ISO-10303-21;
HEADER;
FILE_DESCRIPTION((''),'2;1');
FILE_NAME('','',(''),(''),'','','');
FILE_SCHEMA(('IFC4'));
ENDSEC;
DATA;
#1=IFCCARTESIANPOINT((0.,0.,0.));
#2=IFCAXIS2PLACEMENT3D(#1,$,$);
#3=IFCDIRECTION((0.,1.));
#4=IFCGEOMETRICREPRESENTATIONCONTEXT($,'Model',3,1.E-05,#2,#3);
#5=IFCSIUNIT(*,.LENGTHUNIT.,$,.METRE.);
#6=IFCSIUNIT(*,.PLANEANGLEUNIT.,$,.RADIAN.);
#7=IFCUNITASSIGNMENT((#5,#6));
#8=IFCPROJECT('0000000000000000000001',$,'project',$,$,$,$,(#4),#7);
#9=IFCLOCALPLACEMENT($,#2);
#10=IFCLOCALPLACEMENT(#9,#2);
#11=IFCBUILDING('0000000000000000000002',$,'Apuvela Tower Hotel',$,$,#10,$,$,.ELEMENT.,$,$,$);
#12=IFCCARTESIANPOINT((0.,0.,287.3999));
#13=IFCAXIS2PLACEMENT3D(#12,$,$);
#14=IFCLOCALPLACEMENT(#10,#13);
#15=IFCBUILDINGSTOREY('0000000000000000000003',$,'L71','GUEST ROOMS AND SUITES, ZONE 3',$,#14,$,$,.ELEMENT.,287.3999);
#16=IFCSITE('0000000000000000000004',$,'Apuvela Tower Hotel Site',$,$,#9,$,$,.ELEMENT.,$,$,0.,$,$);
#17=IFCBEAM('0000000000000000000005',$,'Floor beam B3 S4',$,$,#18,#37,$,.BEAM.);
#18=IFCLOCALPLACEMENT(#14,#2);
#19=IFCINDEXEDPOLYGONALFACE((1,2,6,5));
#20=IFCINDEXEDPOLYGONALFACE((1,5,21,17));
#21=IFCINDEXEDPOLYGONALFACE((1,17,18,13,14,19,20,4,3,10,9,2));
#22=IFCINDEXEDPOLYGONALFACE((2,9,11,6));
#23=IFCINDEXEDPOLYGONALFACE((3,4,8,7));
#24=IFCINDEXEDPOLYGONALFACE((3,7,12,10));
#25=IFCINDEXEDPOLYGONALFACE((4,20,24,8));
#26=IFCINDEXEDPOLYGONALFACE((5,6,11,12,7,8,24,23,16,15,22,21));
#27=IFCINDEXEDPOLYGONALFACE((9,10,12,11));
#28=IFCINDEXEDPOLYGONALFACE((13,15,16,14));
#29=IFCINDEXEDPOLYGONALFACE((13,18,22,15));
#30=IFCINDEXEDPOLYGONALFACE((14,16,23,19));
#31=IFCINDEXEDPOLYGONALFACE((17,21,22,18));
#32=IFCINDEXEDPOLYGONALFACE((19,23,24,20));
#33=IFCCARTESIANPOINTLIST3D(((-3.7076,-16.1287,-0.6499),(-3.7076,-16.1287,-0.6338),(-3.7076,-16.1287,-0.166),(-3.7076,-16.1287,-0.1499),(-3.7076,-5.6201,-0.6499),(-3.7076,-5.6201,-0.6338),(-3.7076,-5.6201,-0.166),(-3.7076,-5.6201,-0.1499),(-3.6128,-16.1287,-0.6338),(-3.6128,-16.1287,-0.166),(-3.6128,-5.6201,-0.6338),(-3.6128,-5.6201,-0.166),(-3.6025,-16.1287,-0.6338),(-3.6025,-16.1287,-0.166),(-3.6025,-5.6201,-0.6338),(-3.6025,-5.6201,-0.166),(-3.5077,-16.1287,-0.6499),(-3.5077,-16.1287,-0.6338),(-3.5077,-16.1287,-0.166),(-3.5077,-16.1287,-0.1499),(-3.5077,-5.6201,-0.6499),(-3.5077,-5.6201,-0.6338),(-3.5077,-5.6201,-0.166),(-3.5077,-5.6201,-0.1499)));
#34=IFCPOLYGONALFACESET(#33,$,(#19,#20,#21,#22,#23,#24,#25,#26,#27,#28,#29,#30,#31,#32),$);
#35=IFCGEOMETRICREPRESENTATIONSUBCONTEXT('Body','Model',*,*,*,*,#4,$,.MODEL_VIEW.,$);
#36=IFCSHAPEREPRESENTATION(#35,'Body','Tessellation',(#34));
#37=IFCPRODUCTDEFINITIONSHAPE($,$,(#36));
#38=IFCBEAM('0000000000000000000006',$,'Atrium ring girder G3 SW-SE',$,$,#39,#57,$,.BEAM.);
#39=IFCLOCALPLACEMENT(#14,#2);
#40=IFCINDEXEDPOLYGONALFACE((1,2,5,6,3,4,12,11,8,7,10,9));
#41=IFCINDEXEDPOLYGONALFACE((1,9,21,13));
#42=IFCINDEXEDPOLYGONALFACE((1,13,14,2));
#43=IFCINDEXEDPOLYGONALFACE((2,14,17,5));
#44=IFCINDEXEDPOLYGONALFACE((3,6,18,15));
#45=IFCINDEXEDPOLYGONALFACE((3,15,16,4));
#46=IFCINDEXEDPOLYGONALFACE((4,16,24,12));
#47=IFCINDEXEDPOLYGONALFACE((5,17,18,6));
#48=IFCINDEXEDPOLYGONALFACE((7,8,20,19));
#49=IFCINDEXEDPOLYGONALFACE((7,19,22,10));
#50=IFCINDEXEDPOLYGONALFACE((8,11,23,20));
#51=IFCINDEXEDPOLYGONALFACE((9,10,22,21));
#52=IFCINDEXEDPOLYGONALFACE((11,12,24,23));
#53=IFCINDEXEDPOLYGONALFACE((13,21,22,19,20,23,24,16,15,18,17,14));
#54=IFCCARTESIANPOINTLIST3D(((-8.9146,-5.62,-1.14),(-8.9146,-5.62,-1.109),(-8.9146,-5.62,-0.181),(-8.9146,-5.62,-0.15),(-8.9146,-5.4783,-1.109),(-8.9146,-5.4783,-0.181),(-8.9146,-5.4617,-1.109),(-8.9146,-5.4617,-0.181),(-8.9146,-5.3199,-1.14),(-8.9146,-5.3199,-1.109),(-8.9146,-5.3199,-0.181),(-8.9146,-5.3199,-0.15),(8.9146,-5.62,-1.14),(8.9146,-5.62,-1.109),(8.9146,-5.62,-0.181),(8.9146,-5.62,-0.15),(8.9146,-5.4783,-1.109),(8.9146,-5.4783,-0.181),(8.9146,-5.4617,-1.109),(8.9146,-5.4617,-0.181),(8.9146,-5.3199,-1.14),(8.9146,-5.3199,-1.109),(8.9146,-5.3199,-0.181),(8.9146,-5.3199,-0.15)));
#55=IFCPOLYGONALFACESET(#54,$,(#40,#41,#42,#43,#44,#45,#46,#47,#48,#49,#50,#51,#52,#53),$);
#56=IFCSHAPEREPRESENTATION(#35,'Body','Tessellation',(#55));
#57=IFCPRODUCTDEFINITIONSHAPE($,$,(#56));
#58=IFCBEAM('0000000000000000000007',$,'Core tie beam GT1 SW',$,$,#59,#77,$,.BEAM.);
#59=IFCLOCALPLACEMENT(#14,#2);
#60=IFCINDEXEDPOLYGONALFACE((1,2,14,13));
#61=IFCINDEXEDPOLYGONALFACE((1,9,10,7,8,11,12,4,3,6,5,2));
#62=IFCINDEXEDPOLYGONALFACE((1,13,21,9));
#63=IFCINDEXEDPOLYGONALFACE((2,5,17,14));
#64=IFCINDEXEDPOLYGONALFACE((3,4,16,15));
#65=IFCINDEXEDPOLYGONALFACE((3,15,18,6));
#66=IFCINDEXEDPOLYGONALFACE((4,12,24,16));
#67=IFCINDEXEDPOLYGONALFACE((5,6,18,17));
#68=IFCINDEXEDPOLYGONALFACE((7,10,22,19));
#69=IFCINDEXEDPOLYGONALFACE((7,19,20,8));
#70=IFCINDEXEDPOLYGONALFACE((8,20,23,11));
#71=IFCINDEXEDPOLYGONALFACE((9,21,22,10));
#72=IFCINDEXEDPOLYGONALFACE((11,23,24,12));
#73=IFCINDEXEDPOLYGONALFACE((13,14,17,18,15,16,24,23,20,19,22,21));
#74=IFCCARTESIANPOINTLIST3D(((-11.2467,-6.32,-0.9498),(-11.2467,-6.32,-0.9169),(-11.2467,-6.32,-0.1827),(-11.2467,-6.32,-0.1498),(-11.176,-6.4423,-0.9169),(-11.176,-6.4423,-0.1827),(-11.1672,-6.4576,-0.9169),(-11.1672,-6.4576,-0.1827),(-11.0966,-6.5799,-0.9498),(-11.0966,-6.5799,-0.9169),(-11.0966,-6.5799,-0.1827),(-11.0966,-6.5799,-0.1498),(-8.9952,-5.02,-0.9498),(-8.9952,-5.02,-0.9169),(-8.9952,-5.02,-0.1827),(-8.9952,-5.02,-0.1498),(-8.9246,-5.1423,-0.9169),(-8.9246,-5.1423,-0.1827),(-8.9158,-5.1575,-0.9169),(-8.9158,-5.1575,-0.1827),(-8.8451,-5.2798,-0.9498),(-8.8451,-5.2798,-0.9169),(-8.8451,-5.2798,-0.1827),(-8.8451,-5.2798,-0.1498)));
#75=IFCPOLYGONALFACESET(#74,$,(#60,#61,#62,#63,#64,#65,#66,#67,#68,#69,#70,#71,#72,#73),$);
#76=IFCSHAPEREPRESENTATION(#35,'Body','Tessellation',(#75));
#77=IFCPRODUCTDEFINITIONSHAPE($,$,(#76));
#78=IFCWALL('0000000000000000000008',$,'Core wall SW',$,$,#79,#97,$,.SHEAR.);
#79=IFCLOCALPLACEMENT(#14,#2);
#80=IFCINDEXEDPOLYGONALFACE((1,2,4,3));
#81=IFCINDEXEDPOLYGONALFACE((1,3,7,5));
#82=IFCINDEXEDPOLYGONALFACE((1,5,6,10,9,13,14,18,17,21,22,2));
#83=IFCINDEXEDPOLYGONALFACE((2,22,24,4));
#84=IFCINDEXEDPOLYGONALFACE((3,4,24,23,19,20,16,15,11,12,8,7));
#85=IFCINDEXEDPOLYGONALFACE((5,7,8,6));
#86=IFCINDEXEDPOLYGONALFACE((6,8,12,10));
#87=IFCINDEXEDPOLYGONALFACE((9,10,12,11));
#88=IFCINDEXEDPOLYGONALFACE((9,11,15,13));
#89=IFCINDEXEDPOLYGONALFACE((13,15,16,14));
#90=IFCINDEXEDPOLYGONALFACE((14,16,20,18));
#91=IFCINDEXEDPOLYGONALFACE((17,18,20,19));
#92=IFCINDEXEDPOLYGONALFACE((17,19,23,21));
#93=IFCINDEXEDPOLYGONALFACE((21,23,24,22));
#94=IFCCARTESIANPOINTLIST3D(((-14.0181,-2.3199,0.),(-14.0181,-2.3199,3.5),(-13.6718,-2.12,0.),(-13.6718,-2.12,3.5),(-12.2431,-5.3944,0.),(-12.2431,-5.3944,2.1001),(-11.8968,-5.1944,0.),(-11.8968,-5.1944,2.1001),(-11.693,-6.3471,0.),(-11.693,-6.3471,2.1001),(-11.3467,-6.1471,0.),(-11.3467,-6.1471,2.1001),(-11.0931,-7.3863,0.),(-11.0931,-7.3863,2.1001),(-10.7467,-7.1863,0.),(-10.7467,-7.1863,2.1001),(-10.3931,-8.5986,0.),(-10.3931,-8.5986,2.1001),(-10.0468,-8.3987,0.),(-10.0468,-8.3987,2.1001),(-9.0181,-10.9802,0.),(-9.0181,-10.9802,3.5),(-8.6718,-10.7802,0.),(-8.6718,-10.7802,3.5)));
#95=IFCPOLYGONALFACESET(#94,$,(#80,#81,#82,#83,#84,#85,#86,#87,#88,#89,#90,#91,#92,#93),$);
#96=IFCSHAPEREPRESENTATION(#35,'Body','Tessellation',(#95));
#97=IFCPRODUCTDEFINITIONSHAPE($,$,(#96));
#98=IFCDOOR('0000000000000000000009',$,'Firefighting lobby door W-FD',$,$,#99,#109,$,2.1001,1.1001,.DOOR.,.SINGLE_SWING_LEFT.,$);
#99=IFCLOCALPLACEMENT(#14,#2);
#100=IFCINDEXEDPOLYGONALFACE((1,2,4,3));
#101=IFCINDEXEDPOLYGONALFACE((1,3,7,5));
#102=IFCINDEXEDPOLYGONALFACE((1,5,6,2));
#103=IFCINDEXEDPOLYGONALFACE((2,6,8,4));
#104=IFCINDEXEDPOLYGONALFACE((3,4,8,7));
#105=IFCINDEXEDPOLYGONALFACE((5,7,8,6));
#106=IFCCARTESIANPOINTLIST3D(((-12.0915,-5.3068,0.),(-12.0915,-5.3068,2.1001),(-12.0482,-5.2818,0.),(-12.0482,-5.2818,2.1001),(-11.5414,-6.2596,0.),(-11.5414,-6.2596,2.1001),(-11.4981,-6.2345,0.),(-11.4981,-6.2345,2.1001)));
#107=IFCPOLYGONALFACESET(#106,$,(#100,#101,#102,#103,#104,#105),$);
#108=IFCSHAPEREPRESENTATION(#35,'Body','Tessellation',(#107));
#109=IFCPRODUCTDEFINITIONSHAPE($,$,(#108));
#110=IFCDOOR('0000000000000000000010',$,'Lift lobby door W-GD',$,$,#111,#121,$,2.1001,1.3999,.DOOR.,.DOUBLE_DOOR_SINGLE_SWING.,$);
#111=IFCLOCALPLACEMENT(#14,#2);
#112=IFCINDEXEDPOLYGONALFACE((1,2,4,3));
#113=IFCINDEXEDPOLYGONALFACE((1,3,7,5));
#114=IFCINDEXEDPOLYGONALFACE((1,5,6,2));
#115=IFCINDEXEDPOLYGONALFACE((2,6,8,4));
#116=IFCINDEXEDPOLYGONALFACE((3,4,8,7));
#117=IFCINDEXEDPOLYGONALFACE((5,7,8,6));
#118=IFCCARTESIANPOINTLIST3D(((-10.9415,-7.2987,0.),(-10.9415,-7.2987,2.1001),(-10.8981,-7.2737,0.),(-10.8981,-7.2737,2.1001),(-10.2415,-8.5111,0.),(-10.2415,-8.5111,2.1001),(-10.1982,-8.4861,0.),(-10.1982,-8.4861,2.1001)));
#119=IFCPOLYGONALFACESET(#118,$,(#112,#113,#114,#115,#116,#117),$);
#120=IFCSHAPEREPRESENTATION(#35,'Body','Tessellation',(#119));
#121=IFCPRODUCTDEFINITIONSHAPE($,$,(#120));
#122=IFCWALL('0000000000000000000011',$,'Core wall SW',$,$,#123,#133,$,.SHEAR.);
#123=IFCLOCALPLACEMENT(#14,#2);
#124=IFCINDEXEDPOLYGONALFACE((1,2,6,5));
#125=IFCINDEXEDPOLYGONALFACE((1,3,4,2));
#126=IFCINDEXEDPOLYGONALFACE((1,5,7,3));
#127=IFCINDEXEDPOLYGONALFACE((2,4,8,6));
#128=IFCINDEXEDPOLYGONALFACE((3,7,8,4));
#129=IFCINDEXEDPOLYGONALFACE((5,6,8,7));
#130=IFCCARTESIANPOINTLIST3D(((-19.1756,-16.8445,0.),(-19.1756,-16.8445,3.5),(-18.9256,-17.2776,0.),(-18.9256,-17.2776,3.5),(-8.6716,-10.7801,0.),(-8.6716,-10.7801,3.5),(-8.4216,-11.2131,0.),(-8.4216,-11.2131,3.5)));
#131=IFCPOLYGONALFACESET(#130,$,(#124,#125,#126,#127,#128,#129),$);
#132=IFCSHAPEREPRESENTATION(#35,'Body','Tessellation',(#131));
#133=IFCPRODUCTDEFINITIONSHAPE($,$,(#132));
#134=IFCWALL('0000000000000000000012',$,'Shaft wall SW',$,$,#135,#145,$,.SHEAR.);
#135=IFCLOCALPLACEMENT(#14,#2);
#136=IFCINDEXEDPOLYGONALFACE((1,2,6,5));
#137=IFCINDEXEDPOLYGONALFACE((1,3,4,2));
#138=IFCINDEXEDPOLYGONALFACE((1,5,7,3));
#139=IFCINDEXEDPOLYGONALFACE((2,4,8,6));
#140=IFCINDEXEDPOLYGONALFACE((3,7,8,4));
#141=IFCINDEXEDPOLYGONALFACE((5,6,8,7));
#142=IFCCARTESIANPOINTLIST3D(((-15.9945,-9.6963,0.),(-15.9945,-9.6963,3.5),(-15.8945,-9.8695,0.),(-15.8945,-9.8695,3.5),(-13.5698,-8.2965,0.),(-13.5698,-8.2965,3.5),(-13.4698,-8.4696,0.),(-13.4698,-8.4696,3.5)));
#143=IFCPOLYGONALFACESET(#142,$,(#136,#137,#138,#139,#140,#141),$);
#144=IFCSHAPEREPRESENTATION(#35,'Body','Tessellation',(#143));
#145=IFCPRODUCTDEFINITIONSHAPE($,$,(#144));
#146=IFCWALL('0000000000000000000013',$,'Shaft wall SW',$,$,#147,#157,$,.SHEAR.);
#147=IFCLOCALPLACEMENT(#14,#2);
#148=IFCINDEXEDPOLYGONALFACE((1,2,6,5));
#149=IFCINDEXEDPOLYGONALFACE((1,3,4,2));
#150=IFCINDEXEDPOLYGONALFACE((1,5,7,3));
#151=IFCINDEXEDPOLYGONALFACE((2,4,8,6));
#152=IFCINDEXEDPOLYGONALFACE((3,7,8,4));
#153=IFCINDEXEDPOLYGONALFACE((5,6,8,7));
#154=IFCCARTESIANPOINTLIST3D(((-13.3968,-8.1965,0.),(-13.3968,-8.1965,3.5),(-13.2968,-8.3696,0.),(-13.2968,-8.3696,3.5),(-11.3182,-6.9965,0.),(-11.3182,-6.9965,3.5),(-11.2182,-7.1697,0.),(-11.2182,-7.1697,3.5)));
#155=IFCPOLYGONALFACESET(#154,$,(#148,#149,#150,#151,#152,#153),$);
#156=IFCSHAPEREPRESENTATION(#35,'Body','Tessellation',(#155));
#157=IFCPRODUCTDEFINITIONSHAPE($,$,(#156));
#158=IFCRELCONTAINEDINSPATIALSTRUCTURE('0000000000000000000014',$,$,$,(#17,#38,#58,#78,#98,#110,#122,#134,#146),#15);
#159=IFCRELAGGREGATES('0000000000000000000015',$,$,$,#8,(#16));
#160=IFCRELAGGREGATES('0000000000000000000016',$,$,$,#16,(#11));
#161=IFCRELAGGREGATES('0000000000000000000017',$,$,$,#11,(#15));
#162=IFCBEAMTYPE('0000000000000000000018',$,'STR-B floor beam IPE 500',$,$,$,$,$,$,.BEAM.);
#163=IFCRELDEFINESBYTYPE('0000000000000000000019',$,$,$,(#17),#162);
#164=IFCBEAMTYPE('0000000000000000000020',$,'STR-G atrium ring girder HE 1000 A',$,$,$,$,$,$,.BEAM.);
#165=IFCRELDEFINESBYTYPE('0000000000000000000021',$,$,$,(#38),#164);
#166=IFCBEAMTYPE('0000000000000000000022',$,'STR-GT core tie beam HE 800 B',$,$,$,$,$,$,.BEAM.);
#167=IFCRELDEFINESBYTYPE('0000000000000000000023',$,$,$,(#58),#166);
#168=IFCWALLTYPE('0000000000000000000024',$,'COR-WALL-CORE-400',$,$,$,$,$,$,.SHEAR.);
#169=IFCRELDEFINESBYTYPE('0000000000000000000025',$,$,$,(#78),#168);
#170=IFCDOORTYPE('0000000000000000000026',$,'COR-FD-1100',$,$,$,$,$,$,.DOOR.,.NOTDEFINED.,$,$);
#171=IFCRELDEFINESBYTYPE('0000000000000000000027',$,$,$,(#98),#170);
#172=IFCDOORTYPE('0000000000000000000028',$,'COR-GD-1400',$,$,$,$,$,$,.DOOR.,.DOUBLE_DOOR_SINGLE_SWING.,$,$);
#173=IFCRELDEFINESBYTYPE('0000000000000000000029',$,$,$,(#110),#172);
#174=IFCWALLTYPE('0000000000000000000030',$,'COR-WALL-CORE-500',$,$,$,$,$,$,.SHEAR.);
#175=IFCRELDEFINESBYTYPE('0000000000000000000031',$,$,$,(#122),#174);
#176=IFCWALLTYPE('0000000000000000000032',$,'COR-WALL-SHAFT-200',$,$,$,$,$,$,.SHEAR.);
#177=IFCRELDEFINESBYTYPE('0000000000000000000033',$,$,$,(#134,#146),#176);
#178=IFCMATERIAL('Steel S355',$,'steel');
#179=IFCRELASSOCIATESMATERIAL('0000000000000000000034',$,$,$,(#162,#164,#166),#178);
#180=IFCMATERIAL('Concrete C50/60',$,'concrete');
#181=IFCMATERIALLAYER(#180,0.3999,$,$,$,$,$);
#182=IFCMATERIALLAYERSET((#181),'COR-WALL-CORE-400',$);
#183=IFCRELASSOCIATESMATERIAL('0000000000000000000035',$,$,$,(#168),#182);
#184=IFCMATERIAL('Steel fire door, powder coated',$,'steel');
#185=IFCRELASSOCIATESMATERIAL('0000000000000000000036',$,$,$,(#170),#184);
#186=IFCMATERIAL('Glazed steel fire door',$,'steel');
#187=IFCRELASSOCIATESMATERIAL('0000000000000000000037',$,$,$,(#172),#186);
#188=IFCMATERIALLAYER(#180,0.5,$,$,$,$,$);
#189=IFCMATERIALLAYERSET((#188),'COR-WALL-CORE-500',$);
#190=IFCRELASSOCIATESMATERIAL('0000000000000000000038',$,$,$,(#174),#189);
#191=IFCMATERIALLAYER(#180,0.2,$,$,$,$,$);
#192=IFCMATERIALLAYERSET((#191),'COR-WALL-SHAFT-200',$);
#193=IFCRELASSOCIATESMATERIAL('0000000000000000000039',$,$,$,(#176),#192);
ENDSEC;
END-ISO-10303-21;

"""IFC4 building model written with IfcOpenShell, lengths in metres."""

from ifc_helpers import new_model, si_unit, direction, frame, frame_2d, origin, origin_2d, place, context, subcontext, project, spatial, rectangle, i_section, extrude, material, layer, layer_set, material_profile, profile_set, type_object, element, fill, save


model = new_model("IFC4")

# Units and contexts
model_context = context("Model", 3, precision=1e-05, world=origin(), true_north=direction((0.0, 1.0)))
body_context = subcontext(model_context, "Body", "Model", "MODEL_VIEW")
ifc_project = project(units=[si_unit("LENGTHUNIT", "METRE"), si_unit("PLANEANGLEUNIT", "RADIAN")], contexts=[model_context])

# Site, building, storey
site_placement = place(None, origin())
site = spatial("IfcSite", under=ifc_project, at=site_placement, Name="Apuvela Tower Hotel Site", CompositionType="ELEMENT", RefElevation=0.0)
building_placement = place(site_placement, origin())
building = spatial("IfcBuilding", under=site, at=building_placement, Name="Apuvela Tower Hotel", CompositionType="ELEMENT")
storey_placement = place(building_placement, frame((0.0, 0.0, 287.3999)))
storey = spatial("IfcBuildingStorey", under=building, at=storey_placement, Name="L71", Description="GUEST ROOMS AND SUITES, ZONE 3", CompositionType="ELEMENT", Elevation=287.3999)

# Beams
ifc_material_1 = material(Name="Steel S355", Category="steel")
ifc_material_profile_1 = material_profile(ifc_material_1, i_section(OverallWidth=0.2, OverallDepth=0.5, WebThickness=0.0103, FlangeThickness=0.0161, at=origin_2d()), Name="IPE 500")
ifc_profile_set_1 = profile_set([ifc_material_profile_1], Name="Steel S355")
beam_type_1 = type_object("IfcBeamType", Name="STR-B floor beam IPE 500", PredefinedType="BEAM", material=ifc_profile_set_1)
beam_1_placement = place(storey_placement, frame((-3.6077, -16.1287, -0.3999), z_axis=(0.0, 1.0, 0.0), x_axis=(-1.0, 0.0, 0.0)))
element("IfcBeam", 1, at=beam_1_placement, inside=storey, type_object=beam_type_1, Name="Floor beam B3 S4", PredefinedType="BEAM", context=body_context, shape_type="SweptSolid", body=[
    extrude(i_section(OverallWidth=0.2, OverallDepth=0.5, WebThickness=0.0103, FlangeThickness=0.0161, at=origin_2d()), origin(), (0.0, 0.0, 1.0), 10.5085),
])
ifc_material_profile_2 = material_profile(ifc_material_1, i_section(OverallWidth=0.3, OverallDepth=0.99, WebThickness=0.0166, FlangeThickness=0.031, at=origin_2d()), Name="HE 1000 A")
ifc_profile_set_2 = profile_set([ifc_material_profile_2], Name="Steel S355")
beam_type_2 = type_object("IfcBeamType", Name="STR-G atrium ring girder HE 1000 A", PredefinedType="BEAM", material=ifc_profile_set_2)
beam_2_placement = place(storey_placement, frame((-8.9146, -5.47, -0.645), z_axis=(1.0, 0.0, 0.0), x_axis=(0.0, 1.0, 0.0)))
element("IfcBeam", 2, at=beam_2_placement, inside=storey, type_object=beam_type_2, Name="Atrium ring girder G3 SW-SE", PredefinedType="BEAM", context=body_context, shape_type="SweptSolid", body=[
    extrude(i_section(OverallWidth=0.3, OverallDepth=0.99, WebThickness=0.0166, FlangeThickness=0.031, at=origin_2d()), origin(), (0.0, 0.0, 1.0), 17.8291),
])
ifc_material_profile_3 = material_profile(ifc_material_1, i_section(OverallWidth=0.3, OverallDepth=0.8, WebThickness=0.0176, FlangeThickness=0.033, at=origin_2d()), Name="HE 800 B")
ifc_profile_set_3 = profile_set([ifc_material_profile_3], Name="Steel S355")
beam_type_3 = type_object("IfcBeamType", Name="STR-GT core tie beam HE 800 B", PredefinedType="BEAM", material=ifc_profile_set_3)
beam_3_placement = place(storey_placement, frame((-11.1716, -6.45, -0.5498), z_axis=(0.865998, 0.500048, 0.0), x_axis=(-0.500048, 0.865998, 0.0)))
element("IfcBeam", 3, at=beam_3_placement, inside=storey, type_object=beam_type_3, Name="Core tie beam GT1 SW", PredefinedType="BEAM", context=body_context, shape_type="SweptSolid", body=[
    extrude(i_section(OverallWidth=0.3, OverallDepth=0.8, WebThickness=0.0176, FlangeThickness=0.033, at=origin_2d()), origin(), (0.0, 0.0, 1.0), 2.5999),
])

# Wall, openings, doors
ifc_material_2 = material(Name="Concrete C50/60", Category="concrete")
ifc_layer_1 = layer(ifc_material_2, 0.3999)
ifc_layer_set_1 = layer_set([ifc_layer_1], Name="COR-WALL-CORE-400")
wall_type_1 = type_object("IfcWallType", Name="COR-WALL-CORE-400", PredefinedType="SHEAR", material=ifc_layer_set_1)
wall_1_placement = place(storey_placement, frame((-13.845, -2.22, 0.0), z_axis=(0.0, 0.0, 1.0), x_axis=(0.500004, -0.866023, 0.0)))
wall_1 = element("IfcWall", 4, at=wall_1_placement, inside=storey, type_object=wall_type_1, Name="Core wall SW", PredefinedType="SHEAR", context=body_context, shape_type="SweptSolid", body=[
    extrude(rectangle(XDim=10.0, YDim=0.3999, at=frame_2d((5.0, 0.0))), origin(), (0.0, 0.0, 1.0), 3.5),
])
opening_1_placement = place(wall_1_placement, frame((3.55, 0.0, 0.0)))
opening_1 = element("IfcOpeningElement", 5, at=opening_1_placement, cuts=wall_1, PredefinedType="OPENING", context=body_context, shape_type="SweptSolid", body=[
    extrude(rectangle(XDim=1.1001, YDim=2.1001, at=frame_2d((0.55, 1.05))), frame((0.0, 0.21, 0.0), z_axis=(0.0, -1.0, 0.0), x_axis=(1.0, 0.0, 0.0)), (0.0, 0.0, 1.0), 0.4199),
])
opening_2_placement = place(wall_1_placement, frame((5.8501, 0.0, 0.0)))
opening_2 = element("IfcOpeningElement", 6, at=opening_2_placement, cuts=wall_1, PredefinedType="OPENING", context=body_context, shape_type="SweptSolid", body=[
    extrude(rectangle(XDim=1.3999, YDim=2.1001, at=frame_2d((0.7, 1.05))), frame((0.0, 0.21, 0.0), z_axis=(0.0, -1.0, 0.0), x_axis=(1.0, 0.0, 0.0)), (0.0, 0.0, 1.0), 0.4199),
])
ifc_material_3 = material(Name="Steel fire door, powder coated", Category="steel")
door_type_1 = type_object("IfcDoorType", Name="COR-FD-1100", OperationType="NOTDEFINED", PredefinedType="DOOR", material=ifc_material_3)
door_1_placement = place(opening_1_placement, frame((1.1001, 0.0, 0.0), z_axis=(0.0, 0.0, 1.0), x_axis=(-1.0, 0.0, 0.0)))
door_1 = element("IfcDoor", 7, at=door_1_placement, inside=storey, type_object=door_type_1, Name="Firefighting lobby door W-FD", OperationType="SINGLE_SWING_LEFT", OverallHeight=2.1001, OverallWidth=1.1001, PredefinedType="DOOR", context=body_context, shape_type="SweptSolid", body=[
    extrude(rectangle(XDim=1.1001, YDim=2.1001, at=frame_2d((0.55, 1.05))), frame((0.0, 0.0249, 0.0), z_axis=(0.0, -1.0, 0.0), x_axis=(1.0, 0.0, 0.0)), (0.0, 0.0, 1.0), 0.05),
])
fill(opening_1, door_1)
ifc_material_4 = material(Name="Glazed steel fire door", Category="steel")
door_type_2 = type_object("IfcDoorType", Name="COR-GD-1400", OperationType="DOUBLE_DOOR_SINGLE_SWING", PredefinedType="DOOR", material=ifc_material_4)
door_2_placement = place(opening_2_placement, frame((1.3999, 0.0, 0.0), z_axis=(0.0, 0.0, 1.0), x_axis=(-1.0, 0.0, 0.0)))
door_2 = element("IfcDoor", 8, at=door_2_placement, inside=storey, type_object=door_type_2, Name="Lift lobby door W-GD", OperationType="DOUBLE_DOOR_SINGLE_SWING", OverallHeight=2.1001, OverallWidth=1.3999, PredefinedType="DOOR", context=body_context, shape_type="SweptSolid", body=[
    extrude(rectangle(XDim=1.3999, YDim=2.1001, at=frame_2d((0.7, 1.05))), frame((0.0, 0.0249, 0.0), z_axis=(0.0, -1.0, 0.0), x_axis=(1.0, 0.0, 0.0)), (0.0, 0.0, 1.0), 0.05),
])
fill(opening_2, door_2)

# Walls
ifc_layer_2 = layer(ifc_material_2, 0.5)
ifc_layer_set_2 = layer_set([ifc_layer_2], Name="COR-WALL-CORE-500")
wall_type_2 = type_object("IfcWallType", Name="COR-WALL-CORE-500", PredefinedType="SHEAR", material=ifc_layer_set_2)
wall_2_placement = place(storey_placement, frame((-8.5466, -10.9966, 0.0), z_axis=(0.0, 0.0, 1.0), x_axis=(-0.866025, -0.500001, 0.0)))
element("IfcWall", 9, at=wall_2_placement, inside=storey, type_object=wall_type_2, Name="Core wall SW", PredefinedType="SHEAR", context=body_context, shape_type="SweptSolid", body=[
    extrude(rectangle(XDim=12.1289, YDim=0.5, at=frame_2d((6.0645, 0.0))), origin(), (0.0, 0.0, 1.0), 3.5),
])
ifc_layer_3 = layer(ifc_material_2, 0.2)
ifc_layer_set_3 = layer_set([ifc_layer_3], Name="COR-WALL-SHAFT-200")
wall_type_3 = type_object("IfcWallType", Name="COR-WALL-SHAFT-200", PredefinedType="SHEAR", material=ifc_layer_set_3)
wall_3_placement = place(storey_placement, frame((-13.5198, -8.3831, 0.0), z_axis=(0.0, 0.0, 1.0), x_axis=(-0.866035, -0.499984, 0.0)))
element("IfcWall", 10, at=wall_3_placement, inside=storey, type_object=wall_type_3, Name="Shaft wall SW", PredefinedType="SHEAR", context=body_context, shape_type="SweptSolid", body=[
    extrude(rectangle(XDim=2.7998, YDim=0.2, at=frame_2d((1.3999, 0.0))), origin(), (0.0, 0.0, 1.0), 3.5),
])
wall_4_placement = place(storey_placement, frame((-11.2681, -7.083, 0.0), z_axis=(0.0, 0.0, 1.0), x_axis=(-0.86605, -0.499957, 0.0)))
element("IfcWall", 11, at=wall_4_placement, inside=storey, type_object=wall_type_3, Name="Shaft wall SW", PredefinedType="SHEAR", context=body_context, shape_type="SweptSolid", body=[
    extrude(rectangle(XDim=2.4001, YDim=0.2, at=frame_2d((1.2002, 0.0))), origin(), (0.0, 0.0, 1.0), 3.5),
])

save(model, "model.ifc")
